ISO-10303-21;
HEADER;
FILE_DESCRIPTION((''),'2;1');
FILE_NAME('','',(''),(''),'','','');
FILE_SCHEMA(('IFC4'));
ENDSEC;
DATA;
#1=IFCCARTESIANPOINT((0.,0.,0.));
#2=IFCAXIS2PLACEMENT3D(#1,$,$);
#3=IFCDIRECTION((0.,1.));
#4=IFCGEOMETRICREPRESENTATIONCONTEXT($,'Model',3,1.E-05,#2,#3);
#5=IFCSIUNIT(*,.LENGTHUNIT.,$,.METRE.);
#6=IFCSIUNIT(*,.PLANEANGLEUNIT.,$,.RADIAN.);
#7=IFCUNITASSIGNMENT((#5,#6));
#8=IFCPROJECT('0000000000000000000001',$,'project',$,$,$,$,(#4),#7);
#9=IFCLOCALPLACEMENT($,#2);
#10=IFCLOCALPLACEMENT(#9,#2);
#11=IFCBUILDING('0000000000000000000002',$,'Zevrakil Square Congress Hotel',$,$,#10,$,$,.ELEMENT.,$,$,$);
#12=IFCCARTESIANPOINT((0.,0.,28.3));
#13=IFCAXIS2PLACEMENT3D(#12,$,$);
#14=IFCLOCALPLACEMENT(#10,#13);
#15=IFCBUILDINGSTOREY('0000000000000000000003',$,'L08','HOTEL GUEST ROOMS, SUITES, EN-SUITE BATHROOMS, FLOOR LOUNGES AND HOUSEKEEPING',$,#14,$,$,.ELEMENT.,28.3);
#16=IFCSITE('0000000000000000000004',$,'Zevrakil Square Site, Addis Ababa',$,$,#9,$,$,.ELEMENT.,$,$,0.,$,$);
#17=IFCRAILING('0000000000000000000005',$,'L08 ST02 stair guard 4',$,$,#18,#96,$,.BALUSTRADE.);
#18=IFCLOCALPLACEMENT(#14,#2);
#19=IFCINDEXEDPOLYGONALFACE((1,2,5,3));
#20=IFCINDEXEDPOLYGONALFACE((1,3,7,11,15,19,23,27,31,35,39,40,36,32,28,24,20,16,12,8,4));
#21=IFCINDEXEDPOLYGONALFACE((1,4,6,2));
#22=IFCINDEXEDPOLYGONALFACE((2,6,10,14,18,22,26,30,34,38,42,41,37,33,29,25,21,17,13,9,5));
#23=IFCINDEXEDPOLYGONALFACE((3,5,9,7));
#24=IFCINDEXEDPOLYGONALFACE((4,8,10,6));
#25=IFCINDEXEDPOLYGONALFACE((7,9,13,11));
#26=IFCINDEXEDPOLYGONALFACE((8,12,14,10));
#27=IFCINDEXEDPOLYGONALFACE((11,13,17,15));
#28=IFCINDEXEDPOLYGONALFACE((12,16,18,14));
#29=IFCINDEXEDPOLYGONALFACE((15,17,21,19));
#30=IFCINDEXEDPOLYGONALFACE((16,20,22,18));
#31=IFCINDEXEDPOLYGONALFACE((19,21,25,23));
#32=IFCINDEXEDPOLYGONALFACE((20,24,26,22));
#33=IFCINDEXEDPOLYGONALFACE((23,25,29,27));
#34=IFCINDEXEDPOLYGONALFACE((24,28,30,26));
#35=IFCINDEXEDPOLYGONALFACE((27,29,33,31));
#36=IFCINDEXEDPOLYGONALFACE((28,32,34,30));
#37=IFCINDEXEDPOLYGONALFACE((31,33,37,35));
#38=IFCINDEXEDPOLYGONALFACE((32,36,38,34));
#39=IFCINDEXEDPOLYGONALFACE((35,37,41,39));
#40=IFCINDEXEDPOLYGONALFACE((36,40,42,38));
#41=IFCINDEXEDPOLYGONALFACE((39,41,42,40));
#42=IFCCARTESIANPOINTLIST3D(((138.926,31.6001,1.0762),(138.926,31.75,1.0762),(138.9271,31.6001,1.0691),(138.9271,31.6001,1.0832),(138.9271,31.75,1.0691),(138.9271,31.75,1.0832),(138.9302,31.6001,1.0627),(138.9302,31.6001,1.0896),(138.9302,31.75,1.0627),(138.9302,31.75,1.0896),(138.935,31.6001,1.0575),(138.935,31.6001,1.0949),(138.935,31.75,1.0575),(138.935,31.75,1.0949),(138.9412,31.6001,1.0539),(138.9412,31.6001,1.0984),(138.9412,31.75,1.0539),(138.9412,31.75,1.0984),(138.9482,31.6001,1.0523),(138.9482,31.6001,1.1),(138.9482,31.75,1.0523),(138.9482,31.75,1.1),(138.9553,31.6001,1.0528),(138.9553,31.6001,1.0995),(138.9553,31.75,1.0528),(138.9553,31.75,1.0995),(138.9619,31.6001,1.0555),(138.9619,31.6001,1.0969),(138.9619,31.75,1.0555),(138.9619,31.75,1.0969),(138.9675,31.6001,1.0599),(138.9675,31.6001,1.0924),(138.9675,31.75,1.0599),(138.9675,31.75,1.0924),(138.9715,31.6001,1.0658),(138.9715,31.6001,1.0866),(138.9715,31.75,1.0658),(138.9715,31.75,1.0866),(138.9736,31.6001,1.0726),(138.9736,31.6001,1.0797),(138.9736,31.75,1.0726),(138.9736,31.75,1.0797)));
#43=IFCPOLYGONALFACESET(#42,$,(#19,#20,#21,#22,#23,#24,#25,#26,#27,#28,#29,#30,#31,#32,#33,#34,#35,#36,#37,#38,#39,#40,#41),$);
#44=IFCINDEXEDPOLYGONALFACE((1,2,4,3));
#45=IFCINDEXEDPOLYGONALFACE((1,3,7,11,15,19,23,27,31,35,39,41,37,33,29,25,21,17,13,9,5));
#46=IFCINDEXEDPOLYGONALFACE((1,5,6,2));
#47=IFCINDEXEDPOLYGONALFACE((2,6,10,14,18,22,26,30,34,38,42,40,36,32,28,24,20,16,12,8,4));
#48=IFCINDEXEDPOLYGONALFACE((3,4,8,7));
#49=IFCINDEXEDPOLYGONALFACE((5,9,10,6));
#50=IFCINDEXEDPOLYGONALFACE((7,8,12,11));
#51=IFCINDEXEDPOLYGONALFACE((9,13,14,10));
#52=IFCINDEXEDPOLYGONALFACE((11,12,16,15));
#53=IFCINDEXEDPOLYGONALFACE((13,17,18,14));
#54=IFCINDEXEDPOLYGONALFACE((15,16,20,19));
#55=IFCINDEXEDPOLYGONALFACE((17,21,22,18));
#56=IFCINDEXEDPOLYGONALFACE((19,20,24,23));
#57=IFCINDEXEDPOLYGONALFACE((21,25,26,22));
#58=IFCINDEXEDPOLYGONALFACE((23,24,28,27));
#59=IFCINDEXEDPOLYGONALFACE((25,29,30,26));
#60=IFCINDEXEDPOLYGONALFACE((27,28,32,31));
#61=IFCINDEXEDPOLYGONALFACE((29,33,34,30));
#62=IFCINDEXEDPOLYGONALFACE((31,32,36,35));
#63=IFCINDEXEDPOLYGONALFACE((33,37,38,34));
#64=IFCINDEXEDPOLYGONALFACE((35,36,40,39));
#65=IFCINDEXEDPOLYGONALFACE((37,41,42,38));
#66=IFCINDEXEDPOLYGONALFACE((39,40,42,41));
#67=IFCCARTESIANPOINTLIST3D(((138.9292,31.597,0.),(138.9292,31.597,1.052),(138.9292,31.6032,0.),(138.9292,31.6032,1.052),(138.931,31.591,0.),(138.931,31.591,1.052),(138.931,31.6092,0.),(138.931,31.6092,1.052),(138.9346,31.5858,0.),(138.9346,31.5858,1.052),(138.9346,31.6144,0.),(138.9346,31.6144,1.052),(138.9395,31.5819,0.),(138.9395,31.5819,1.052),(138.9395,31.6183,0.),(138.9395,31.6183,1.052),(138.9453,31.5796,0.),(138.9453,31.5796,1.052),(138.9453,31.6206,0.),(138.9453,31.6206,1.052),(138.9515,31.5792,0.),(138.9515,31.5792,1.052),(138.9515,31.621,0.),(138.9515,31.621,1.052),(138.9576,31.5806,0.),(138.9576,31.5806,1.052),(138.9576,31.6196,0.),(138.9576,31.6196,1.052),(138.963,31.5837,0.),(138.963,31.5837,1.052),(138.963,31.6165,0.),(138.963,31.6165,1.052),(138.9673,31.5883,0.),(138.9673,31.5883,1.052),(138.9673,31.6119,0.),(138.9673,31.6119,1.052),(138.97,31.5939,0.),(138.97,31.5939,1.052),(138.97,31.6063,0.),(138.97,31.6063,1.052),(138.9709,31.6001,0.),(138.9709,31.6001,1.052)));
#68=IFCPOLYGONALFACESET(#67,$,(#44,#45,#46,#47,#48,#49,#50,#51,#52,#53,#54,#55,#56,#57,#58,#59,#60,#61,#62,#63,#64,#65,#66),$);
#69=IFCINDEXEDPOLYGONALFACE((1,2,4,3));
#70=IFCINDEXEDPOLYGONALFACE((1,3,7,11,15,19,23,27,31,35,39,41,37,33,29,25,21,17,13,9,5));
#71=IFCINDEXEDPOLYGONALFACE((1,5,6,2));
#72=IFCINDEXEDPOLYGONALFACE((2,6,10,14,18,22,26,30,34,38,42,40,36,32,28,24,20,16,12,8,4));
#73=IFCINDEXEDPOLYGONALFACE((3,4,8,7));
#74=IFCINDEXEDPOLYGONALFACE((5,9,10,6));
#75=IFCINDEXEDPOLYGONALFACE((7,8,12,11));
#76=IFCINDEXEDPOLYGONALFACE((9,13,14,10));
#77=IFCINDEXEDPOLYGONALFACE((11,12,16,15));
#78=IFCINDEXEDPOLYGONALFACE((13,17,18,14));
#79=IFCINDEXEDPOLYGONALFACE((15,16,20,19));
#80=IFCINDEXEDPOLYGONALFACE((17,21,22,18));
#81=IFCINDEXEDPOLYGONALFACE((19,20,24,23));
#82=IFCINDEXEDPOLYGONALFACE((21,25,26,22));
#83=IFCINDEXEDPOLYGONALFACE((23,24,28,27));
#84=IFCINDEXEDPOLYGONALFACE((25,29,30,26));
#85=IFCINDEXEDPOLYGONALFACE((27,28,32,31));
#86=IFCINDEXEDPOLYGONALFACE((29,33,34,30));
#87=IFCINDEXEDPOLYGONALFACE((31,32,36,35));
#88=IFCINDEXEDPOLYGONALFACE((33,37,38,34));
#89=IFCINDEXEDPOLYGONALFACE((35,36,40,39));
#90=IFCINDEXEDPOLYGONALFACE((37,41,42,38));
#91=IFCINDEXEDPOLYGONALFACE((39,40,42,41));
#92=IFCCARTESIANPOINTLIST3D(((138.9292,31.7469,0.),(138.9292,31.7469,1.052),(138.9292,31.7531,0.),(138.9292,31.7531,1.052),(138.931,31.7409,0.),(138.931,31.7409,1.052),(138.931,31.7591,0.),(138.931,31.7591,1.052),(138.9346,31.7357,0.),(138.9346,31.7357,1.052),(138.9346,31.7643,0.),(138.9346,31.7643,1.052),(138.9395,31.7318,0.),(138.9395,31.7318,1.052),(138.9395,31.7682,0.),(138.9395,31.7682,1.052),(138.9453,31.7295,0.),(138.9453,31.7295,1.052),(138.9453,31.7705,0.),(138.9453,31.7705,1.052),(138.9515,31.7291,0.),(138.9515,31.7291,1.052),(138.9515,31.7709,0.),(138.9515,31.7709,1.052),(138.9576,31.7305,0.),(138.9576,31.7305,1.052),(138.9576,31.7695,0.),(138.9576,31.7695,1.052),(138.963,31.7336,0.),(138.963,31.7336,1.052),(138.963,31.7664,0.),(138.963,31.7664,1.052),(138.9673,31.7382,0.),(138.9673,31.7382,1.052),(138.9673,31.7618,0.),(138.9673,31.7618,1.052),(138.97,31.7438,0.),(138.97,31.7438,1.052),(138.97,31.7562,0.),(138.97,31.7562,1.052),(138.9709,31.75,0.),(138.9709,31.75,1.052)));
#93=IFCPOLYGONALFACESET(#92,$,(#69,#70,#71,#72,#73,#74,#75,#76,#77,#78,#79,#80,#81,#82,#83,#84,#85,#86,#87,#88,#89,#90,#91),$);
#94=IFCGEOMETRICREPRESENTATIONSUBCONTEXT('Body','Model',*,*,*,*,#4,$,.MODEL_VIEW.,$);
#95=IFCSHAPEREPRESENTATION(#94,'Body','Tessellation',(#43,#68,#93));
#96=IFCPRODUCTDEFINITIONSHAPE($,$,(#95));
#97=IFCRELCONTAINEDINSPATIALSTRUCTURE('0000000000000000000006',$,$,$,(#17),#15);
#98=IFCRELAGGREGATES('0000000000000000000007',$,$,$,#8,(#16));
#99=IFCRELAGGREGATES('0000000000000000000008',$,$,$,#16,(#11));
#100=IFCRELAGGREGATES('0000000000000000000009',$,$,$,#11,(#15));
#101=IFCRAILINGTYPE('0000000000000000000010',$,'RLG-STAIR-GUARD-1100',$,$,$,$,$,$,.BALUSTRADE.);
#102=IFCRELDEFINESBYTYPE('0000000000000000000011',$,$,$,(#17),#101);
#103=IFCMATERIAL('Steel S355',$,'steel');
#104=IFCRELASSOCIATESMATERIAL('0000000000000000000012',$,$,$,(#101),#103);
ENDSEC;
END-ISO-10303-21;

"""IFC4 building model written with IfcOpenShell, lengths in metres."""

from ifc_helpers import new_model, si_unit, direction, frame, origin, origin_2d, place, context, subcontext, project, spatial, circle, extrude, material, type_object, element, save


model = new_model("IFC4")

# Units and contexts
model_context = context("Model", 3, precision=1e-05, world=origin(), true_north=direction((0.0, 1.0)))
body_context = subcontext(model_context, "Body", "Model", "MODEL_VIEW")
ifc_project = project(units=[si_unit("LENGTHUNIT", "METRE"), si_unit("PLANEANGLEUNIT", "RADIAN")], contexts=[model_context])

# Site, building, storey
site_placement = place(None, origin())
site = spatial("IfcSite", under=ifc_project, at=site_placement, Name="Zevrakil Square Site, Addis Ababa", CompositionType="ELEMENT", RefElevation=0.0)
building_placement = place(site_placement, origin())
building = spatial("IfcBuilding", under=site, at=building_placement, Name="Zevrakil Square Congress Hotel", CompositionType="ELEMENT")
storey_placement = place(building_placement, frame((0.0, 0.0, 28.3)))
storey = spatial("IfcBuildingStorey", under=building, at=storey_placement, Name="L08", Description="HOTEL GUEST ROOMS, SUITES, EN-SUITE BATHROOMS, FLOOR LOUNGES AND HOUSEKEEPING", CompositionType="ELEMENT", Elevation=28.3)

# Railing
ifc_material_1 = material(Name="Steel S355", Category="steel")
railing_type_1 = type_object("IfcRailingType", Name="RLG-STAIR-GUARD-1100", PredefinedType="BALUSTRADE", material=ifc_material_1)
railing_1_placement = place(storey_placement, frame((138.95, 31.6001, 0.0)))
element("IfcRailing", 1, at=railing_1_placement, inside=storey, type_object=railing_type_1, Name="L08 ST02 stair guard 4", PredefinedType="BALUSTRADE", context=body_context, shape_type="SweptSolid", body=[
    extrude(circle(Radius=0.0239, at=origin_2d()), frame((0.0, 0.0, 1.0762), z_axis=(0.0, 1.0, 0.0), x_axis=(-1.0, 0.0, 0.0)), (0.0, 0.0, 1.0), 0.1499),
    extrude(circle(Radius=0.021, at=origin_2d()), origin(), (0.0, 0.0, 1.0), 1.052),
    extrude(circle(Radius=0.021, at=origin_2d()), frame((0.0, 0.1499, 0.0)), (0.0, 0.0, 1.0), 1.052),
])

save(model, "model.ifc")
